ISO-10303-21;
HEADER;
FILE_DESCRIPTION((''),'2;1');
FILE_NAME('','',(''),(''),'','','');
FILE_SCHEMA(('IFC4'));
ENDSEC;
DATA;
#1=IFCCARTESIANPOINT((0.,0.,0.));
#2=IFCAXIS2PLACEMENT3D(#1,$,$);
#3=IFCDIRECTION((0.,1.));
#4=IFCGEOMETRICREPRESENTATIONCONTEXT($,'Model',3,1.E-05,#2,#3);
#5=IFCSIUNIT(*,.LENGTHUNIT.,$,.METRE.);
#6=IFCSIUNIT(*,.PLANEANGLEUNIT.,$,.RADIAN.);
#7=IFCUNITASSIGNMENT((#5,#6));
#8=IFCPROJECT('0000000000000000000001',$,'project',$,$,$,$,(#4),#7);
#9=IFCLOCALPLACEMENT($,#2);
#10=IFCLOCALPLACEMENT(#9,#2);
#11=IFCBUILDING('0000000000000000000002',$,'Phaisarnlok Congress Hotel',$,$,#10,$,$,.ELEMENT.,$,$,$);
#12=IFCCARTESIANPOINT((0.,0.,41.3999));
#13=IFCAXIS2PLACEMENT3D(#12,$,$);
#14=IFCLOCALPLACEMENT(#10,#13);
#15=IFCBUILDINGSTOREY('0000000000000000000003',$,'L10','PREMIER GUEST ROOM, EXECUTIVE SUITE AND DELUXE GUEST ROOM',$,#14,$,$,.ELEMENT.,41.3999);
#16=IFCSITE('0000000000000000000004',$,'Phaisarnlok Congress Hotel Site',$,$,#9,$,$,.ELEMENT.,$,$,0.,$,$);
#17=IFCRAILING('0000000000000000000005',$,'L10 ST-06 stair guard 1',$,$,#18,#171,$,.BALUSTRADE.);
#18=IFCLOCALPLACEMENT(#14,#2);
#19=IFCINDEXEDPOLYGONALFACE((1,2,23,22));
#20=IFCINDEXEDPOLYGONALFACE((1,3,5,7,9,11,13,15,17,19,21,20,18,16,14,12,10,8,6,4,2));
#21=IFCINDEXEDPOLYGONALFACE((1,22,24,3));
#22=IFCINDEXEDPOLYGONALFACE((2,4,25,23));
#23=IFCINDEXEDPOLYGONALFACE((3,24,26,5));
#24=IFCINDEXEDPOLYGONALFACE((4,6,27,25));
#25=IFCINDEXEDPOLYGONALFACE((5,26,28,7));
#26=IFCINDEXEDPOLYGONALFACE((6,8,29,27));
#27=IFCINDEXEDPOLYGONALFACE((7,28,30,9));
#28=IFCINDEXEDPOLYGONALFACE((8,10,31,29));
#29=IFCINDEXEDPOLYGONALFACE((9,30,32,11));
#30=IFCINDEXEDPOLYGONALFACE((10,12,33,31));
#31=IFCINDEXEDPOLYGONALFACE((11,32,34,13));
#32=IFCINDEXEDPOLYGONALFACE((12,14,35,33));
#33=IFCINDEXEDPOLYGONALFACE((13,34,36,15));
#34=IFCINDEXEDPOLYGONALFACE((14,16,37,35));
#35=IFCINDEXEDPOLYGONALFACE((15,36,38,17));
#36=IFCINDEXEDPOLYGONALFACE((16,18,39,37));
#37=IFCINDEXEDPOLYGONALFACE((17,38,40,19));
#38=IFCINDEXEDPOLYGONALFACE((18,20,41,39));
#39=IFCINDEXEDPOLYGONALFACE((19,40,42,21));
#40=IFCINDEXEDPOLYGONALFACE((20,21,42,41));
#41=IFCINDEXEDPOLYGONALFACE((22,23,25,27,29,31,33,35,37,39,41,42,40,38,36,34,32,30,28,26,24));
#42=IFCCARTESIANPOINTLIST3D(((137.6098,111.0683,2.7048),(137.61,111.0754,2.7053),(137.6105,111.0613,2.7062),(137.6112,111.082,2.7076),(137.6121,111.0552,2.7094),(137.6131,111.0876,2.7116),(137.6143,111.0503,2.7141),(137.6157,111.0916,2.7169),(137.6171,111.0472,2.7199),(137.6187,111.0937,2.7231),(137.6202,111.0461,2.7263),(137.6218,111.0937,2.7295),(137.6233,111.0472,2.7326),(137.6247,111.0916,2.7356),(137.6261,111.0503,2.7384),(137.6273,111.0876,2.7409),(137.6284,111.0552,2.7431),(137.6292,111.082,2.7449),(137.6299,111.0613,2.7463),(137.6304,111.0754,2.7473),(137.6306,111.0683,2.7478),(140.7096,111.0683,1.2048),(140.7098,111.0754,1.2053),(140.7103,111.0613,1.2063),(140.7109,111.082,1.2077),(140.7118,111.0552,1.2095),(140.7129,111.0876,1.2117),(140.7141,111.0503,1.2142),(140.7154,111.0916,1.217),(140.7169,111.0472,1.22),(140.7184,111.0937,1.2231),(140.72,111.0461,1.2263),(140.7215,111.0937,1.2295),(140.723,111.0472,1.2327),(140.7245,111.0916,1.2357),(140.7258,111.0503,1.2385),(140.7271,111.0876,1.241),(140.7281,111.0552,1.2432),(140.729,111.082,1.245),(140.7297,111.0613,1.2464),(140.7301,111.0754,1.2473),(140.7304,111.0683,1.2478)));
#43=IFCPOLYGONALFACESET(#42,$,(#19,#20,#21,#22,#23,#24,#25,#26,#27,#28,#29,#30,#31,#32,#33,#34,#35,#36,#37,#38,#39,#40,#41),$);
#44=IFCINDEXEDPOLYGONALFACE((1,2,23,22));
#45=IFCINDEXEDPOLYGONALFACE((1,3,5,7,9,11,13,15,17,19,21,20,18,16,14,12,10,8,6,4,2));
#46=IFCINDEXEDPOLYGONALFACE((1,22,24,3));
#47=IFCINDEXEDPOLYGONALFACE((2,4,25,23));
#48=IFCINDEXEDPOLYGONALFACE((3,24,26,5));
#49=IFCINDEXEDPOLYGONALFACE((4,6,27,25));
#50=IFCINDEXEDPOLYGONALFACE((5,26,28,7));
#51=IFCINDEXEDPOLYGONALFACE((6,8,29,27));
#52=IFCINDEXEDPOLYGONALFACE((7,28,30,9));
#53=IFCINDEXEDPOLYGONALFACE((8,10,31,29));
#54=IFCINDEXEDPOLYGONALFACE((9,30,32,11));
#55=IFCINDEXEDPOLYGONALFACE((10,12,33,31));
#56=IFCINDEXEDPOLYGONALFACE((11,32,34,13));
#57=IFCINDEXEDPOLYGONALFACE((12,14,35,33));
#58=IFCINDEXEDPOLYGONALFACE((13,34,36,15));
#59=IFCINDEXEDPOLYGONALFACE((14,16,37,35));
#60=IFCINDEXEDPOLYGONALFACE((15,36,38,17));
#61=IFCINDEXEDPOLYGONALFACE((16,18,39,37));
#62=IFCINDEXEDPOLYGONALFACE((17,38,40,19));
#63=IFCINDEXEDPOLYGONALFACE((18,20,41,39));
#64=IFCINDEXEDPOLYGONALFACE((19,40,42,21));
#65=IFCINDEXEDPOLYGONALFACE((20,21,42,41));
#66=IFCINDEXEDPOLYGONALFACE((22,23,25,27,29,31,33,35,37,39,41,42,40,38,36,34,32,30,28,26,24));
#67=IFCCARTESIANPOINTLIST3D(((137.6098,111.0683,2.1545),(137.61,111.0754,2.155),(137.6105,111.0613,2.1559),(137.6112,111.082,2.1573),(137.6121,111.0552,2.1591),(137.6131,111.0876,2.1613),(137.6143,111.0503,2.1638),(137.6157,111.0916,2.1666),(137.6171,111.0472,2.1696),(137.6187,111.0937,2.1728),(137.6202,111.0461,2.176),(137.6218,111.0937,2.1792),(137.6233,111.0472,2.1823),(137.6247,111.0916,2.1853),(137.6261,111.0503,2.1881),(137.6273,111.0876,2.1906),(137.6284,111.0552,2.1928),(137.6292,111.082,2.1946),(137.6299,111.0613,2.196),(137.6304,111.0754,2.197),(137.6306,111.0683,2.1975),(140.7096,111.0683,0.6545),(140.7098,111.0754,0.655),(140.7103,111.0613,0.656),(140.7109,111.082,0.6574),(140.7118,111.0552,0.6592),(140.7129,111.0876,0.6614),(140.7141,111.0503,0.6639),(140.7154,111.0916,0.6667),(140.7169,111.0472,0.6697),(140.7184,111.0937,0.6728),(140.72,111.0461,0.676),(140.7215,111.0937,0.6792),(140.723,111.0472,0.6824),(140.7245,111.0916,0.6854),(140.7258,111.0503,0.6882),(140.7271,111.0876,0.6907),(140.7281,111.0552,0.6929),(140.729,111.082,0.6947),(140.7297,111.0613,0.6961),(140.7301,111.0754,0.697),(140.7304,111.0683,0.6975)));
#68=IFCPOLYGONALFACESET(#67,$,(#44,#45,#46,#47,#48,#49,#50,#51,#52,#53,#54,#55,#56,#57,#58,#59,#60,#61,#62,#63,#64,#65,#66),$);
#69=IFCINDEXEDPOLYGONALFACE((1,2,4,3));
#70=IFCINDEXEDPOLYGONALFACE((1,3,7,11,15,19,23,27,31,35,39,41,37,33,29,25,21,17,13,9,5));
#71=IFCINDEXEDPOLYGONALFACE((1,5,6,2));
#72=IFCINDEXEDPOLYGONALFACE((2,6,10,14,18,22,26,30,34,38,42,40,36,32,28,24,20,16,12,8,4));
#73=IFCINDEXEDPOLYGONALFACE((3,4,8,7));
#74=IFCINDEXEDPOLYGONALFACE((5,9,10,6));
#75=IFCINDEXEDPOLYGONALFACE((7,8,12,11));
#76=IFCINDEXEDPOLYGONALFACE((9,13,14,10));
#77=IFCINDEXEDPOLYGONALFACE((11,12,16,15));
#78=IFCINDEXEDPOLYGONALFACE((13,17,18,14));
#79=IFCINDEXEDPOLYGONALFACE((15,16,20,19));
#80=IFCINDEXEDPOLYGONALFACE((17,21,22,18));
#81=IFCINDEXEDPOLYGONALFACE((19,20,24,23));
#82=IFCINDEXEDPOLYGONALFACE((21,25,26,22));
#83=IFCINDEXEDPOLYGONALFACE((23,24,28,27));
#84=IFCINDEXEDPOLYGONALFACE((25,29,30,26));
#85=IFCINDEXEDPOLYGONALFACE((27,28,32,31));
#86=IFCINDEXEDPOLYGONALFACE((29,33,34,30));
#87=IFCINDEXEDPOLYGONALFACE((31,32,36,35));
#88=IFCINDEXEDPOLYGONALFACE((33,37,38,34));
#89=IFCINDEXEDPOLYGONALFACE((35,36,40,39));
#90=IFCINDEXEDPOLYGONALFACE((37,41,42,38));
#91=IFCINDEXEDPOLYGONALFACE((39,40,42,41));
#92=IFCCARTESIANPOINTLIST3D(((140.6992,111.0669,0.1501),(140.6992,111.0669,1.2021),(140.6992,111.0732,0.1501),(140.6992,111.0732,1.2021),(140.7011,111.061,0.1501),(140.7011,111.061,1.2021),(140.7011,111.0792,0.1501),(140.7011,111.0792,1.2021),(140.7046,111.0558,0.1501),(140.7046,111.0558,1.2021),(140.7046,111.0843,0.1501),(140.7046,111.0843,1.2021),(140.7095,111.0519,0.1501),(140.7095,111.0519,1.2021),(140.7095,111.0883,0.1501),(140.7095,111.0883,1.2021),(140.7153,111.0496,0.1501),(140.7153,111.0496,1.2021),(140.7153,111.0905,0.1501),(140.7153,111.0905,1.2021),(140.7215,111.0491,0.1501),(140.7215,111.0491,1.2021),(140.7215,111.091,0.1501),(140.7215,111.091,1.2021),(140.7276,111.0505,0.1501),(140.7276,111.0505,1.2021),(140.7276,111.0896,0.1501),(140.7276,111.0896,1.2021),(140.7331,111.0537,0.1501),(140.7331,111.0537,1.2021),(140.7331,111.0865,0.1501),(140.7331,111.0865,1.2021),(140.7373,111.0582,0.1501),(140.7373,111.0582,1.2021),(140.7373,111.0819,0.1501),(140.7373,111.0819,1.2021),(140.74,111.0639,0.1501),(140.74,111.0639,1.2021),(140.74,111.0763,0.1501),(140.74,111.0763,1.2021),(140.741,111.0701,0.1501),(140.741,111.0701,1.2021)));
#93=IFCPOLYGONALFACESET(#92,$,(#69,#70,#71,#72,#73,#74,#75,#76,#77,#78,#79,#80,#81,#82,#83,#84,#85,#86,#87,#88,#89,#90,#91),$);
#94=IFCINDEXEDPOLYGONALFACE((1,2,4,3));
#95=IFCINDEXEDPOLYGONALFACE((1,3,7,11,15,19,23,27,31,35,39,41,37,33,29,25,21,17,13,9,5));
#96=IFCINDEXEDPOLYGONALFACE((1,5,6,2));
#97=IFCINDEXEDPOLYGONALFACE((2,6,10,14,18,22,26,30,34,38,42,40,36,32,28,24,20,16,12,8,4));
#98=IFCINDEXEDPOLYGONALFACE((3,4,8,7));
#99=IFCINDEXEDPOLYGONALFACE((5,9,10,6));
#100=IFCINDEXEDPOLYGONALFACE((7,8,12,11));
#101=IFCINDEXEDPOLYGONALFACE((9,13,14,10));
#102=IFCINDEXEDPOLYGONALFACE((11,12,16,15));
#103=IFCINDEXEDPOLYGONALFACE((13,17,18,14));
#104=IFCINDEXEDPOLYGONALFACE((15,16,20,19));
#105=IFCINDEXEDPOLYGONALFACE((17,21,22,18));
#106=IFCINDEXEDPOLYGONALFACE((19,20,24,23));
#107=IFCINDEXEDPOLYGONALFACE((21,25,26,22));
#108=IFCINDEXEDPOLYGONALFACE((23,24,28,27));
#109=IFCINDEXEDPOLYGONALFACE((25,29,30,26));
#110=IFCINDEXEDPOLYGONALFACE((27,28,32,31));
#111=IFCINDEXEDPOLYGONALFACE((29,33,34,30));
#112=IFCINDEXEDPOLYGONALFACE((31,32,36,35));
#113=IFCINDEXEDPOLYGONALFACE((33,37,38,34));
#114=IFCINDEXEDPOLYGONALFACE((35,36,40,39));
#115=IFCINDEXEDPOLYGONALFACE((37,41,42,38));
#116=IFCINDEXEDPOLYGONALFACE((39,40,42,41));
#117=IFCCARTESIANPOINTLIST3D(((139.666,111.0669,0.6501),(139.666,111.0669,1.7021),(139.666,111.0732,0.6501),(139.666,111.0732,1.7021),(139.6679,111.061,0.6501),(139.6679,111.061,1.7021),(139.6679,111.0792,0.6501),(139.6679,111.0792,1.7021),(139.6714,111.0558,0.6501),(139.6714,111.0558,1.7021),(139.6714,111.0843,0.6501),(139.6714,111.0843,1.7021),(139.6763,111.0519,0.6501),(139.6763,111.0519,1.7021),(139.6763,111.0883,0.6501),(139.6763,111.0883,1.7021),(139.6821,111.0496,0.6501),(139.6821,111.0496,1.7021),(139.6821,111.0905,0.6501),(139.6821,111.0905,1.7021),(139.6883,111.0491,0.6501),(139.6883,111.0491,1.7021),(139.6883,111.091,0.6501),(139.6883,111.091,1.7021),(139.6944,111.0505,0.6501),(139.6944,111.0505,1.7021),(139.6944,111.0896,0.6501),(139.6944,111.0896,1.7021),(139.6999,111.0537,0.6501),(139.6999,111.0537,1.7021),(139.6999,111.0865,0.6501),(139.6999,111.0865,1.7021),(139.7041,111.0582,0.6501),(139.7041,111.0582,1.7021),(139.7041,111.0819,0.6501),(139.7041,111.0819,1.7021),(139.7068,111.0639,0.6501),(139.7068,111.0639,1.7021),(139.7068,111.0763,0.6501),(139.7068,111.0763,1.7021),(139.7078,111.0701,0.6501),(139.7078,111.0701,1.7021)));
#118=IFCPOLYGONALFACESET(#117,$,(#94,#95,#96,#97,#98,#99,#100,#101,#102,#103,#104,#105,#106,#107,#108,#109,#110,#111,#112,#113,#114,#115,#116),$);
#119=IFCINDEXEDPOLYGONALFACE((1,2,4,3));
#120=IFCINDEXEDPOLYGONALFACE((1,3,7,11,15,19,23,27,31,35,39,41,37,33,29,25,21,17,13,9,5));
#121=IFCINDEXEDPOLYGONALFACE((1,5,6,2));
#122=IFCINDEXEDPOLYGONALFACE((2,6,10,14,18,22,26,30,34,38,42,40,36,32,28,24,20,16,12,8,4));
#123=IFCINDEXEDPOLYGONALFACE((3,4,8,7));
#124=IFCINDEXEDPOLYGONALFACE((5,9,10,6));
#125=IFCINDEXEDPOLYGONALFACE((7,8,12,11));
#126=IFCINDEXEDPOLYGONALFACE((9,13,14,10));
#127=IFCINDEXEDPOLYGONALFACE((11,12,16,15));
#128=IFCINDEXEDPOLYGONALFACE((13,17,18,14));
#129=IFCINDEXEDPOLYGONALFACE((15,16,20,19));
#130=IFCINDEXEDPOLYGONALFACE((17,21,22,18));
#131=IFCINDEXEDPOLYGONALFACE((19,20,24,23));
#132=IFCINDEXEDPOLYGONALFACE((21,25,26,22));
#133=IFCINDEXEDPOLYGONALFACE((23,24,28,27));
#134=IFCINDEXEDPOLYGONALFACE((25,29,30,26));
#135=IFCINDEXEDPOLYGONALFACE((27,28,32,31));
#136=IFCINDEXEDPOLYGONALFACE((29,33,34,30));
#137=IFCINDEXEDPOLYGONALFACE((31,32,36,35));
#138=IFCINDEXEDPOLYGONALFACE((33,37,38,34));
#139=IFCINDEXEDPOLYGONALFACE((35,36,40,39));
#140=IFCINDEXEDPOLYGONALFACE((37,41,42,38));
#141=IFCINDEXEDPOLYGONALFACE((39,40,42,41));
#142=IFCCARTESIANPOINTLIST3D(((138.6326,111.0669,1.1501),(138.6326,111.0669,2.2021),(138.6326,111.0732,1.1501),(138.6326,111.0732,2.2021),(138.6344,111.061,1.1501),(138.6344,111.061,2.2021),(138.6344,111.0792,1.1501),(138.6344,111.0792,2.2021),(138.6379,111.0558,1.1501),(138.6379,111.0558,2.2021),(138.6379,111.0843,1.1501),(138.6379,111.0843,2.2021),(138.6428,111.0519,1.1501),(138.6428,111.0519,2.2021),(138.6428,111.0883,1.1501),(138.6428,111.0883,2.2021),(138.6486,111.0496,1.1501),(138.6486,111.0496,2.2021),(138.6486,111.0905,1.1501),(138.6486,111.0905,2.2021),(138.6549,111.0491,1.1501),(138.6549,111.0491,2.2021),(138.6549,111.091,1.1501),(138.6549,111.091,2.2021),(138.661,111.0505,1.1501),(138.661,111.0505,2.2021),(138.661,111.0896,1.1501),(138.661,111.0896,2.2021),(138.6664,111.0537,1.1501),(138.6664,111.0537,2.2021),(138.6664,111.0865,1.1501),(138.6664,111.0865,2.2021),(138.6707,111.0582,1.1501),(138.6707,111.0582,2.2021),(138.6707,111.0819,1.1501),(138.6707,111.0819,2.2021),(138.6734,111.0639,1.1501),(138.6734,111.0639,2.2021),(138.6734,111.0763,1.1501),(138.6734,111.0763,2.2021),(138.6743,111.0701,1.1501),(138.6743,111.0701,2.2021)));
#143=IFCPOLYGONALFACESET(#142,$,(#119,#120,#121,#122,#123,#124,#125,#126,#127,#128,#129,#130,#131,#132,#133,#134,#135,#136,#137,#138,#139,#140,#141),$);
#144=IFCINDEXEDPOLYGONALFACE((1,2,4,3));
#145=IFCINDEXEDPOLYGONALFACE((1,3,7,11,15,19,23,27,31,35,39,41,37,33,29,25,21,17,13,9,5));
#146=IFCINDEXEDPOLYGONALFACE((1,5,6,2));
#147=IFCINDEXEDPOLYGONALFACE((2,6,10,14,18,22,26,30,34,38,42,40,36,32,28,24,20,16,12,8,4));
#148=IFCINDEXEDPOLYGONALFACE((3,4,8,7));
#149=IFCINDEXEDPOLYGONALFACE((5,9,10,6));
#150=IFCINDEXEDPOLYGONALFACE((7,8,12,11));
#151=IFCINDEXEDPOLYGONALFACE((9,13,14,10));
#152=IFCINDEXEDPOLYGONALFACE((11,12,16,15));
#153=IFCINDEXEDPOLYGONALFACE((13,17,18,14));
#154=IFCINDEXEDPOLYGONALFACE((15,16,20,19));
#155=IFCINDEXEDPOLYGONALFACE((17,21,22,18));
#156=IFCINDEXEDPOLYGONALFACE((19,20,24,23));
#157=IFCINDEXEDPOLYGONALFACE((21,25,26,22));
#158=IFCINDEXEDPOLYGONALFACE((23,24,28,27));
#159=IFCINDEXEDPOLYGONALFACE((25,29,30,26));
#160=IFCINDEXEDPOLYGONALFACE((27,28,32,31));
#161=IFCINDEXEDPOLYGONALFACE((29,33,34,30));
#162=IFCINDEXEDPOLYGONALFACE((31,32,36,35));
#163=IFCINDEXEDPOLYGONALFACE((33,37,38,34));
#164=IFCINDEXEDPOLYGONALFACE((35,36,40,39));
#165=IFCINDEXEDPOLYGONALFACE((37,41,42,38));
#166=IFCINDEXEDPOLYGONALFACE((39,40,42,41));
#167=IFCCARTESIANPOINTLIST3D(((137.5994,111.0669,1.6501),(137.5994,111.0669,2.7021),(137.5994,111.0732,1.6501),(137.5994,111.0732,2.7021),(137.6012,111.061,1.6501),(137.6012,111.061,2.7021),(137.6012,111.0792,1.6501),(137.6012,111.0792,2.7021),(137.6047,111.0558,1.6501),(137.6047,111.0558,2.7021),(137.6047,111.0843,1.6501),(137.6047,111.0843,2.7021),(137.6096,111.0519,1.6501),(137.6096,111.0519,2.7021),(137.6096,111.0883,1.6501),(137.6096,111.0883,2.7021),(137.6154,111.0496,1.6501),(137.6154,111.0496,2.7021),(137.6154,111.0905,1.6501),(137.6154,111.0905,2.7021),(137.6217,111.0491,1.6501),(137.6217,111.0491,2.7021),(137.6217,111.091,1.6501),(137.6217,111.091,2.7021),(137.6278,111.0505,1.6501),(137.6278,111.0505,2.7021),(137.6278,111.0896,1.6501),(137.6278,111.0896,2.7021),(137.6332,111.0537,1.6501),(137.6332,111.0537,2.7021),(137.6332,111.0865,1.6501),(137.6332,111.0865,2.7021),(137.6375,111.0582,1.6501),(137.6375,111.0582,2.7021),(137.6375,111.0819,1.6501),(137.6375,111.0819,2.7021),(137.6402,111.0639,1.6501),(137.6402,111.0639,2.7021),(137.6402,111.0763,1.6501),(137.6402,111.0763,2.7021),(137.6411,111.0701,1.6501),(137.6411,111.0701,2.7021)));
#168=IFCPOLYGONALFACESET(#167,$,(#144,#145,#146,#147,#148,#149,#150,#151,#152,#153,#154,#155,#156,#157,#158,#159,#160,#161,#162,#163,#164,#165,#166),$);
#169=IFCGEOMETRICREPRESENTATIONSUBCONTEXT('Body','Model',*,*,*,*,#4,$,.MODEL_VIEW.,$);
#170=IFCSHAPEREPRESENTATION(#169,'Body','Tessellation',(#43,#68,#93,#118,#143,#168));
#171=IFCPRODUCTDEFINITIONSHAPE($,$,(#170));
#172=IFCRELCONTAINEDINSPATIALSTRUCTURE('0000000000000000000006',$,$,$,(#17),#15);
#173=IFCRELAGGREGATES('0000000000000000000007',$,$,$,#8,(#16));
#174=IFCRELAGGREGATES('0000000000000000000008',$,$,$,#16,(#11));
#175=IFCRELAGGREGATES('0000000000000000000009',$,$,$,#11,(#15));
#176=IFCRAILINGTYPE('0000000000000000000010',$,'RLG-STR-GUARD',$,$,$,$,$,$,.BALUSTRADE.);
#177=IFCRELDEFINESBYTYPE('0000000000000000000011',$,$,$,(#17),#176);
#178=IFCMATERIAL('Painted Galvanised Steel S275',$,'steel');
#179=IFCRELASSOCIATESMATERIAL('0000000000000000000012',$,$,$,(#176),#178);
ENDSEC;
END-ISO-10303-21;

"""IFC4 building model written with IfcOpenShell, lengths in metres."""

from ifc_helpers import new_model, si_unit, direction, frame, origin, origin_2d, place, context, subcontext, project, spatial, circle, extrude, material, type_object, element, save


model = new_model("IFC4")

# Units and contexts
model_context = context("Model", 3, precision=1e-05, world=origin(), true_north=direction((0.0, 1.0)))
body_context = subcontext(model_context, "Body", "Model", "MODEL_VIEW")
ifc_project = project(units=[si_unit("LENGTHUNIT", "METRE"), si_unit("PLANEANGLEUNIT", "RADIAN")], contexts=[model_context])

# Site, building, storey
site_placement = place(None, origin())
site = spatial("IfcSite", under=ifc_project, at=site_placement, Name="Phaisarnlok Congress Hotel Site", CompositionType="ELEMENT", RefElevation=0.0)
building_placement = place(site_placement, origin())
building = spatial("IfcBuilding", under=site, at=building_placement, Name="Phaisarnlok Congress Hotel", CompositionType="ELEMENT")
storey_placement = place(building_placement, frame((0.0, 0.0, 41.3999)))
storey = spatial("IfcBuildingStorey", under=building, at=storey_placement, Name="L10", Description="PREMIER GUEST ROOM, EXECUTIVE SUITE AND DELUXE GUEST ROOM", CompositionType="ELEMENT", Elevation=41.3999)

# Railing
ifc_material_1 = material(Name="Painted Galvanised Steel S275", Category="steel")
railing_type_1 = type_object("IfcRailingType", Name="RLG-STR-GUARD", PredefinedType="BALUSTRADE", material=ifc_material_1)
railing_1_placement = place(storey_placement, frame((140.72, 111.0701, 0.1501)))
element("IfcRailing", 1, at=railing_1_placement, inside=storey, type_object=railing_type_1, Name="L10 ST-06 stair guard 1", PredefinedType="BALUSTRADE", context=body_context, shape_type="SweptSolid", body=[
    extrude(circle(Radius=0.0239, at=origin_2d()), frame((0.0, 0.0, 1.0762), z_axis=(-0.900151, 0.0, 0.435578), x_axis=(0.0, -1.0, 0.0)), (0.0, 0.0, 1.0), 3.4436),
    extrude(circle(Radius=0.0239, at=origin_2d()), frame((0.0, 0.0, 0.5259), z_axis=(-0.900151, 0.0, 0.435578), x_axis=(0.0, -1.0, 0.0)), (0.0, 0.0, 1.0), 3.4436),
    extrude(circle(Radius=0.021, at=origin_2d()), origin(), (0.0, 0.0, 1.0), 1.052),
    extrude(circle(Radius=0.021, at=origin_2d()), frame((-1.0332, 0.0, 0.5)), (0.0, 0.0, 1.0), 1.052),
    extrude(circle(Radius=0.021, at=origin_2d()), frame((-2.0667, 0.0, 1.0)), (0.0, 0.0, 1.0), 1.052),
    extrude(circle(Radius=0.021, at=origin_2d()), frame((-3.0999, 0.0, 1.5)), (0.0, 0.0, 1.0), 1.052),
])

save(model, "model.ifc")
